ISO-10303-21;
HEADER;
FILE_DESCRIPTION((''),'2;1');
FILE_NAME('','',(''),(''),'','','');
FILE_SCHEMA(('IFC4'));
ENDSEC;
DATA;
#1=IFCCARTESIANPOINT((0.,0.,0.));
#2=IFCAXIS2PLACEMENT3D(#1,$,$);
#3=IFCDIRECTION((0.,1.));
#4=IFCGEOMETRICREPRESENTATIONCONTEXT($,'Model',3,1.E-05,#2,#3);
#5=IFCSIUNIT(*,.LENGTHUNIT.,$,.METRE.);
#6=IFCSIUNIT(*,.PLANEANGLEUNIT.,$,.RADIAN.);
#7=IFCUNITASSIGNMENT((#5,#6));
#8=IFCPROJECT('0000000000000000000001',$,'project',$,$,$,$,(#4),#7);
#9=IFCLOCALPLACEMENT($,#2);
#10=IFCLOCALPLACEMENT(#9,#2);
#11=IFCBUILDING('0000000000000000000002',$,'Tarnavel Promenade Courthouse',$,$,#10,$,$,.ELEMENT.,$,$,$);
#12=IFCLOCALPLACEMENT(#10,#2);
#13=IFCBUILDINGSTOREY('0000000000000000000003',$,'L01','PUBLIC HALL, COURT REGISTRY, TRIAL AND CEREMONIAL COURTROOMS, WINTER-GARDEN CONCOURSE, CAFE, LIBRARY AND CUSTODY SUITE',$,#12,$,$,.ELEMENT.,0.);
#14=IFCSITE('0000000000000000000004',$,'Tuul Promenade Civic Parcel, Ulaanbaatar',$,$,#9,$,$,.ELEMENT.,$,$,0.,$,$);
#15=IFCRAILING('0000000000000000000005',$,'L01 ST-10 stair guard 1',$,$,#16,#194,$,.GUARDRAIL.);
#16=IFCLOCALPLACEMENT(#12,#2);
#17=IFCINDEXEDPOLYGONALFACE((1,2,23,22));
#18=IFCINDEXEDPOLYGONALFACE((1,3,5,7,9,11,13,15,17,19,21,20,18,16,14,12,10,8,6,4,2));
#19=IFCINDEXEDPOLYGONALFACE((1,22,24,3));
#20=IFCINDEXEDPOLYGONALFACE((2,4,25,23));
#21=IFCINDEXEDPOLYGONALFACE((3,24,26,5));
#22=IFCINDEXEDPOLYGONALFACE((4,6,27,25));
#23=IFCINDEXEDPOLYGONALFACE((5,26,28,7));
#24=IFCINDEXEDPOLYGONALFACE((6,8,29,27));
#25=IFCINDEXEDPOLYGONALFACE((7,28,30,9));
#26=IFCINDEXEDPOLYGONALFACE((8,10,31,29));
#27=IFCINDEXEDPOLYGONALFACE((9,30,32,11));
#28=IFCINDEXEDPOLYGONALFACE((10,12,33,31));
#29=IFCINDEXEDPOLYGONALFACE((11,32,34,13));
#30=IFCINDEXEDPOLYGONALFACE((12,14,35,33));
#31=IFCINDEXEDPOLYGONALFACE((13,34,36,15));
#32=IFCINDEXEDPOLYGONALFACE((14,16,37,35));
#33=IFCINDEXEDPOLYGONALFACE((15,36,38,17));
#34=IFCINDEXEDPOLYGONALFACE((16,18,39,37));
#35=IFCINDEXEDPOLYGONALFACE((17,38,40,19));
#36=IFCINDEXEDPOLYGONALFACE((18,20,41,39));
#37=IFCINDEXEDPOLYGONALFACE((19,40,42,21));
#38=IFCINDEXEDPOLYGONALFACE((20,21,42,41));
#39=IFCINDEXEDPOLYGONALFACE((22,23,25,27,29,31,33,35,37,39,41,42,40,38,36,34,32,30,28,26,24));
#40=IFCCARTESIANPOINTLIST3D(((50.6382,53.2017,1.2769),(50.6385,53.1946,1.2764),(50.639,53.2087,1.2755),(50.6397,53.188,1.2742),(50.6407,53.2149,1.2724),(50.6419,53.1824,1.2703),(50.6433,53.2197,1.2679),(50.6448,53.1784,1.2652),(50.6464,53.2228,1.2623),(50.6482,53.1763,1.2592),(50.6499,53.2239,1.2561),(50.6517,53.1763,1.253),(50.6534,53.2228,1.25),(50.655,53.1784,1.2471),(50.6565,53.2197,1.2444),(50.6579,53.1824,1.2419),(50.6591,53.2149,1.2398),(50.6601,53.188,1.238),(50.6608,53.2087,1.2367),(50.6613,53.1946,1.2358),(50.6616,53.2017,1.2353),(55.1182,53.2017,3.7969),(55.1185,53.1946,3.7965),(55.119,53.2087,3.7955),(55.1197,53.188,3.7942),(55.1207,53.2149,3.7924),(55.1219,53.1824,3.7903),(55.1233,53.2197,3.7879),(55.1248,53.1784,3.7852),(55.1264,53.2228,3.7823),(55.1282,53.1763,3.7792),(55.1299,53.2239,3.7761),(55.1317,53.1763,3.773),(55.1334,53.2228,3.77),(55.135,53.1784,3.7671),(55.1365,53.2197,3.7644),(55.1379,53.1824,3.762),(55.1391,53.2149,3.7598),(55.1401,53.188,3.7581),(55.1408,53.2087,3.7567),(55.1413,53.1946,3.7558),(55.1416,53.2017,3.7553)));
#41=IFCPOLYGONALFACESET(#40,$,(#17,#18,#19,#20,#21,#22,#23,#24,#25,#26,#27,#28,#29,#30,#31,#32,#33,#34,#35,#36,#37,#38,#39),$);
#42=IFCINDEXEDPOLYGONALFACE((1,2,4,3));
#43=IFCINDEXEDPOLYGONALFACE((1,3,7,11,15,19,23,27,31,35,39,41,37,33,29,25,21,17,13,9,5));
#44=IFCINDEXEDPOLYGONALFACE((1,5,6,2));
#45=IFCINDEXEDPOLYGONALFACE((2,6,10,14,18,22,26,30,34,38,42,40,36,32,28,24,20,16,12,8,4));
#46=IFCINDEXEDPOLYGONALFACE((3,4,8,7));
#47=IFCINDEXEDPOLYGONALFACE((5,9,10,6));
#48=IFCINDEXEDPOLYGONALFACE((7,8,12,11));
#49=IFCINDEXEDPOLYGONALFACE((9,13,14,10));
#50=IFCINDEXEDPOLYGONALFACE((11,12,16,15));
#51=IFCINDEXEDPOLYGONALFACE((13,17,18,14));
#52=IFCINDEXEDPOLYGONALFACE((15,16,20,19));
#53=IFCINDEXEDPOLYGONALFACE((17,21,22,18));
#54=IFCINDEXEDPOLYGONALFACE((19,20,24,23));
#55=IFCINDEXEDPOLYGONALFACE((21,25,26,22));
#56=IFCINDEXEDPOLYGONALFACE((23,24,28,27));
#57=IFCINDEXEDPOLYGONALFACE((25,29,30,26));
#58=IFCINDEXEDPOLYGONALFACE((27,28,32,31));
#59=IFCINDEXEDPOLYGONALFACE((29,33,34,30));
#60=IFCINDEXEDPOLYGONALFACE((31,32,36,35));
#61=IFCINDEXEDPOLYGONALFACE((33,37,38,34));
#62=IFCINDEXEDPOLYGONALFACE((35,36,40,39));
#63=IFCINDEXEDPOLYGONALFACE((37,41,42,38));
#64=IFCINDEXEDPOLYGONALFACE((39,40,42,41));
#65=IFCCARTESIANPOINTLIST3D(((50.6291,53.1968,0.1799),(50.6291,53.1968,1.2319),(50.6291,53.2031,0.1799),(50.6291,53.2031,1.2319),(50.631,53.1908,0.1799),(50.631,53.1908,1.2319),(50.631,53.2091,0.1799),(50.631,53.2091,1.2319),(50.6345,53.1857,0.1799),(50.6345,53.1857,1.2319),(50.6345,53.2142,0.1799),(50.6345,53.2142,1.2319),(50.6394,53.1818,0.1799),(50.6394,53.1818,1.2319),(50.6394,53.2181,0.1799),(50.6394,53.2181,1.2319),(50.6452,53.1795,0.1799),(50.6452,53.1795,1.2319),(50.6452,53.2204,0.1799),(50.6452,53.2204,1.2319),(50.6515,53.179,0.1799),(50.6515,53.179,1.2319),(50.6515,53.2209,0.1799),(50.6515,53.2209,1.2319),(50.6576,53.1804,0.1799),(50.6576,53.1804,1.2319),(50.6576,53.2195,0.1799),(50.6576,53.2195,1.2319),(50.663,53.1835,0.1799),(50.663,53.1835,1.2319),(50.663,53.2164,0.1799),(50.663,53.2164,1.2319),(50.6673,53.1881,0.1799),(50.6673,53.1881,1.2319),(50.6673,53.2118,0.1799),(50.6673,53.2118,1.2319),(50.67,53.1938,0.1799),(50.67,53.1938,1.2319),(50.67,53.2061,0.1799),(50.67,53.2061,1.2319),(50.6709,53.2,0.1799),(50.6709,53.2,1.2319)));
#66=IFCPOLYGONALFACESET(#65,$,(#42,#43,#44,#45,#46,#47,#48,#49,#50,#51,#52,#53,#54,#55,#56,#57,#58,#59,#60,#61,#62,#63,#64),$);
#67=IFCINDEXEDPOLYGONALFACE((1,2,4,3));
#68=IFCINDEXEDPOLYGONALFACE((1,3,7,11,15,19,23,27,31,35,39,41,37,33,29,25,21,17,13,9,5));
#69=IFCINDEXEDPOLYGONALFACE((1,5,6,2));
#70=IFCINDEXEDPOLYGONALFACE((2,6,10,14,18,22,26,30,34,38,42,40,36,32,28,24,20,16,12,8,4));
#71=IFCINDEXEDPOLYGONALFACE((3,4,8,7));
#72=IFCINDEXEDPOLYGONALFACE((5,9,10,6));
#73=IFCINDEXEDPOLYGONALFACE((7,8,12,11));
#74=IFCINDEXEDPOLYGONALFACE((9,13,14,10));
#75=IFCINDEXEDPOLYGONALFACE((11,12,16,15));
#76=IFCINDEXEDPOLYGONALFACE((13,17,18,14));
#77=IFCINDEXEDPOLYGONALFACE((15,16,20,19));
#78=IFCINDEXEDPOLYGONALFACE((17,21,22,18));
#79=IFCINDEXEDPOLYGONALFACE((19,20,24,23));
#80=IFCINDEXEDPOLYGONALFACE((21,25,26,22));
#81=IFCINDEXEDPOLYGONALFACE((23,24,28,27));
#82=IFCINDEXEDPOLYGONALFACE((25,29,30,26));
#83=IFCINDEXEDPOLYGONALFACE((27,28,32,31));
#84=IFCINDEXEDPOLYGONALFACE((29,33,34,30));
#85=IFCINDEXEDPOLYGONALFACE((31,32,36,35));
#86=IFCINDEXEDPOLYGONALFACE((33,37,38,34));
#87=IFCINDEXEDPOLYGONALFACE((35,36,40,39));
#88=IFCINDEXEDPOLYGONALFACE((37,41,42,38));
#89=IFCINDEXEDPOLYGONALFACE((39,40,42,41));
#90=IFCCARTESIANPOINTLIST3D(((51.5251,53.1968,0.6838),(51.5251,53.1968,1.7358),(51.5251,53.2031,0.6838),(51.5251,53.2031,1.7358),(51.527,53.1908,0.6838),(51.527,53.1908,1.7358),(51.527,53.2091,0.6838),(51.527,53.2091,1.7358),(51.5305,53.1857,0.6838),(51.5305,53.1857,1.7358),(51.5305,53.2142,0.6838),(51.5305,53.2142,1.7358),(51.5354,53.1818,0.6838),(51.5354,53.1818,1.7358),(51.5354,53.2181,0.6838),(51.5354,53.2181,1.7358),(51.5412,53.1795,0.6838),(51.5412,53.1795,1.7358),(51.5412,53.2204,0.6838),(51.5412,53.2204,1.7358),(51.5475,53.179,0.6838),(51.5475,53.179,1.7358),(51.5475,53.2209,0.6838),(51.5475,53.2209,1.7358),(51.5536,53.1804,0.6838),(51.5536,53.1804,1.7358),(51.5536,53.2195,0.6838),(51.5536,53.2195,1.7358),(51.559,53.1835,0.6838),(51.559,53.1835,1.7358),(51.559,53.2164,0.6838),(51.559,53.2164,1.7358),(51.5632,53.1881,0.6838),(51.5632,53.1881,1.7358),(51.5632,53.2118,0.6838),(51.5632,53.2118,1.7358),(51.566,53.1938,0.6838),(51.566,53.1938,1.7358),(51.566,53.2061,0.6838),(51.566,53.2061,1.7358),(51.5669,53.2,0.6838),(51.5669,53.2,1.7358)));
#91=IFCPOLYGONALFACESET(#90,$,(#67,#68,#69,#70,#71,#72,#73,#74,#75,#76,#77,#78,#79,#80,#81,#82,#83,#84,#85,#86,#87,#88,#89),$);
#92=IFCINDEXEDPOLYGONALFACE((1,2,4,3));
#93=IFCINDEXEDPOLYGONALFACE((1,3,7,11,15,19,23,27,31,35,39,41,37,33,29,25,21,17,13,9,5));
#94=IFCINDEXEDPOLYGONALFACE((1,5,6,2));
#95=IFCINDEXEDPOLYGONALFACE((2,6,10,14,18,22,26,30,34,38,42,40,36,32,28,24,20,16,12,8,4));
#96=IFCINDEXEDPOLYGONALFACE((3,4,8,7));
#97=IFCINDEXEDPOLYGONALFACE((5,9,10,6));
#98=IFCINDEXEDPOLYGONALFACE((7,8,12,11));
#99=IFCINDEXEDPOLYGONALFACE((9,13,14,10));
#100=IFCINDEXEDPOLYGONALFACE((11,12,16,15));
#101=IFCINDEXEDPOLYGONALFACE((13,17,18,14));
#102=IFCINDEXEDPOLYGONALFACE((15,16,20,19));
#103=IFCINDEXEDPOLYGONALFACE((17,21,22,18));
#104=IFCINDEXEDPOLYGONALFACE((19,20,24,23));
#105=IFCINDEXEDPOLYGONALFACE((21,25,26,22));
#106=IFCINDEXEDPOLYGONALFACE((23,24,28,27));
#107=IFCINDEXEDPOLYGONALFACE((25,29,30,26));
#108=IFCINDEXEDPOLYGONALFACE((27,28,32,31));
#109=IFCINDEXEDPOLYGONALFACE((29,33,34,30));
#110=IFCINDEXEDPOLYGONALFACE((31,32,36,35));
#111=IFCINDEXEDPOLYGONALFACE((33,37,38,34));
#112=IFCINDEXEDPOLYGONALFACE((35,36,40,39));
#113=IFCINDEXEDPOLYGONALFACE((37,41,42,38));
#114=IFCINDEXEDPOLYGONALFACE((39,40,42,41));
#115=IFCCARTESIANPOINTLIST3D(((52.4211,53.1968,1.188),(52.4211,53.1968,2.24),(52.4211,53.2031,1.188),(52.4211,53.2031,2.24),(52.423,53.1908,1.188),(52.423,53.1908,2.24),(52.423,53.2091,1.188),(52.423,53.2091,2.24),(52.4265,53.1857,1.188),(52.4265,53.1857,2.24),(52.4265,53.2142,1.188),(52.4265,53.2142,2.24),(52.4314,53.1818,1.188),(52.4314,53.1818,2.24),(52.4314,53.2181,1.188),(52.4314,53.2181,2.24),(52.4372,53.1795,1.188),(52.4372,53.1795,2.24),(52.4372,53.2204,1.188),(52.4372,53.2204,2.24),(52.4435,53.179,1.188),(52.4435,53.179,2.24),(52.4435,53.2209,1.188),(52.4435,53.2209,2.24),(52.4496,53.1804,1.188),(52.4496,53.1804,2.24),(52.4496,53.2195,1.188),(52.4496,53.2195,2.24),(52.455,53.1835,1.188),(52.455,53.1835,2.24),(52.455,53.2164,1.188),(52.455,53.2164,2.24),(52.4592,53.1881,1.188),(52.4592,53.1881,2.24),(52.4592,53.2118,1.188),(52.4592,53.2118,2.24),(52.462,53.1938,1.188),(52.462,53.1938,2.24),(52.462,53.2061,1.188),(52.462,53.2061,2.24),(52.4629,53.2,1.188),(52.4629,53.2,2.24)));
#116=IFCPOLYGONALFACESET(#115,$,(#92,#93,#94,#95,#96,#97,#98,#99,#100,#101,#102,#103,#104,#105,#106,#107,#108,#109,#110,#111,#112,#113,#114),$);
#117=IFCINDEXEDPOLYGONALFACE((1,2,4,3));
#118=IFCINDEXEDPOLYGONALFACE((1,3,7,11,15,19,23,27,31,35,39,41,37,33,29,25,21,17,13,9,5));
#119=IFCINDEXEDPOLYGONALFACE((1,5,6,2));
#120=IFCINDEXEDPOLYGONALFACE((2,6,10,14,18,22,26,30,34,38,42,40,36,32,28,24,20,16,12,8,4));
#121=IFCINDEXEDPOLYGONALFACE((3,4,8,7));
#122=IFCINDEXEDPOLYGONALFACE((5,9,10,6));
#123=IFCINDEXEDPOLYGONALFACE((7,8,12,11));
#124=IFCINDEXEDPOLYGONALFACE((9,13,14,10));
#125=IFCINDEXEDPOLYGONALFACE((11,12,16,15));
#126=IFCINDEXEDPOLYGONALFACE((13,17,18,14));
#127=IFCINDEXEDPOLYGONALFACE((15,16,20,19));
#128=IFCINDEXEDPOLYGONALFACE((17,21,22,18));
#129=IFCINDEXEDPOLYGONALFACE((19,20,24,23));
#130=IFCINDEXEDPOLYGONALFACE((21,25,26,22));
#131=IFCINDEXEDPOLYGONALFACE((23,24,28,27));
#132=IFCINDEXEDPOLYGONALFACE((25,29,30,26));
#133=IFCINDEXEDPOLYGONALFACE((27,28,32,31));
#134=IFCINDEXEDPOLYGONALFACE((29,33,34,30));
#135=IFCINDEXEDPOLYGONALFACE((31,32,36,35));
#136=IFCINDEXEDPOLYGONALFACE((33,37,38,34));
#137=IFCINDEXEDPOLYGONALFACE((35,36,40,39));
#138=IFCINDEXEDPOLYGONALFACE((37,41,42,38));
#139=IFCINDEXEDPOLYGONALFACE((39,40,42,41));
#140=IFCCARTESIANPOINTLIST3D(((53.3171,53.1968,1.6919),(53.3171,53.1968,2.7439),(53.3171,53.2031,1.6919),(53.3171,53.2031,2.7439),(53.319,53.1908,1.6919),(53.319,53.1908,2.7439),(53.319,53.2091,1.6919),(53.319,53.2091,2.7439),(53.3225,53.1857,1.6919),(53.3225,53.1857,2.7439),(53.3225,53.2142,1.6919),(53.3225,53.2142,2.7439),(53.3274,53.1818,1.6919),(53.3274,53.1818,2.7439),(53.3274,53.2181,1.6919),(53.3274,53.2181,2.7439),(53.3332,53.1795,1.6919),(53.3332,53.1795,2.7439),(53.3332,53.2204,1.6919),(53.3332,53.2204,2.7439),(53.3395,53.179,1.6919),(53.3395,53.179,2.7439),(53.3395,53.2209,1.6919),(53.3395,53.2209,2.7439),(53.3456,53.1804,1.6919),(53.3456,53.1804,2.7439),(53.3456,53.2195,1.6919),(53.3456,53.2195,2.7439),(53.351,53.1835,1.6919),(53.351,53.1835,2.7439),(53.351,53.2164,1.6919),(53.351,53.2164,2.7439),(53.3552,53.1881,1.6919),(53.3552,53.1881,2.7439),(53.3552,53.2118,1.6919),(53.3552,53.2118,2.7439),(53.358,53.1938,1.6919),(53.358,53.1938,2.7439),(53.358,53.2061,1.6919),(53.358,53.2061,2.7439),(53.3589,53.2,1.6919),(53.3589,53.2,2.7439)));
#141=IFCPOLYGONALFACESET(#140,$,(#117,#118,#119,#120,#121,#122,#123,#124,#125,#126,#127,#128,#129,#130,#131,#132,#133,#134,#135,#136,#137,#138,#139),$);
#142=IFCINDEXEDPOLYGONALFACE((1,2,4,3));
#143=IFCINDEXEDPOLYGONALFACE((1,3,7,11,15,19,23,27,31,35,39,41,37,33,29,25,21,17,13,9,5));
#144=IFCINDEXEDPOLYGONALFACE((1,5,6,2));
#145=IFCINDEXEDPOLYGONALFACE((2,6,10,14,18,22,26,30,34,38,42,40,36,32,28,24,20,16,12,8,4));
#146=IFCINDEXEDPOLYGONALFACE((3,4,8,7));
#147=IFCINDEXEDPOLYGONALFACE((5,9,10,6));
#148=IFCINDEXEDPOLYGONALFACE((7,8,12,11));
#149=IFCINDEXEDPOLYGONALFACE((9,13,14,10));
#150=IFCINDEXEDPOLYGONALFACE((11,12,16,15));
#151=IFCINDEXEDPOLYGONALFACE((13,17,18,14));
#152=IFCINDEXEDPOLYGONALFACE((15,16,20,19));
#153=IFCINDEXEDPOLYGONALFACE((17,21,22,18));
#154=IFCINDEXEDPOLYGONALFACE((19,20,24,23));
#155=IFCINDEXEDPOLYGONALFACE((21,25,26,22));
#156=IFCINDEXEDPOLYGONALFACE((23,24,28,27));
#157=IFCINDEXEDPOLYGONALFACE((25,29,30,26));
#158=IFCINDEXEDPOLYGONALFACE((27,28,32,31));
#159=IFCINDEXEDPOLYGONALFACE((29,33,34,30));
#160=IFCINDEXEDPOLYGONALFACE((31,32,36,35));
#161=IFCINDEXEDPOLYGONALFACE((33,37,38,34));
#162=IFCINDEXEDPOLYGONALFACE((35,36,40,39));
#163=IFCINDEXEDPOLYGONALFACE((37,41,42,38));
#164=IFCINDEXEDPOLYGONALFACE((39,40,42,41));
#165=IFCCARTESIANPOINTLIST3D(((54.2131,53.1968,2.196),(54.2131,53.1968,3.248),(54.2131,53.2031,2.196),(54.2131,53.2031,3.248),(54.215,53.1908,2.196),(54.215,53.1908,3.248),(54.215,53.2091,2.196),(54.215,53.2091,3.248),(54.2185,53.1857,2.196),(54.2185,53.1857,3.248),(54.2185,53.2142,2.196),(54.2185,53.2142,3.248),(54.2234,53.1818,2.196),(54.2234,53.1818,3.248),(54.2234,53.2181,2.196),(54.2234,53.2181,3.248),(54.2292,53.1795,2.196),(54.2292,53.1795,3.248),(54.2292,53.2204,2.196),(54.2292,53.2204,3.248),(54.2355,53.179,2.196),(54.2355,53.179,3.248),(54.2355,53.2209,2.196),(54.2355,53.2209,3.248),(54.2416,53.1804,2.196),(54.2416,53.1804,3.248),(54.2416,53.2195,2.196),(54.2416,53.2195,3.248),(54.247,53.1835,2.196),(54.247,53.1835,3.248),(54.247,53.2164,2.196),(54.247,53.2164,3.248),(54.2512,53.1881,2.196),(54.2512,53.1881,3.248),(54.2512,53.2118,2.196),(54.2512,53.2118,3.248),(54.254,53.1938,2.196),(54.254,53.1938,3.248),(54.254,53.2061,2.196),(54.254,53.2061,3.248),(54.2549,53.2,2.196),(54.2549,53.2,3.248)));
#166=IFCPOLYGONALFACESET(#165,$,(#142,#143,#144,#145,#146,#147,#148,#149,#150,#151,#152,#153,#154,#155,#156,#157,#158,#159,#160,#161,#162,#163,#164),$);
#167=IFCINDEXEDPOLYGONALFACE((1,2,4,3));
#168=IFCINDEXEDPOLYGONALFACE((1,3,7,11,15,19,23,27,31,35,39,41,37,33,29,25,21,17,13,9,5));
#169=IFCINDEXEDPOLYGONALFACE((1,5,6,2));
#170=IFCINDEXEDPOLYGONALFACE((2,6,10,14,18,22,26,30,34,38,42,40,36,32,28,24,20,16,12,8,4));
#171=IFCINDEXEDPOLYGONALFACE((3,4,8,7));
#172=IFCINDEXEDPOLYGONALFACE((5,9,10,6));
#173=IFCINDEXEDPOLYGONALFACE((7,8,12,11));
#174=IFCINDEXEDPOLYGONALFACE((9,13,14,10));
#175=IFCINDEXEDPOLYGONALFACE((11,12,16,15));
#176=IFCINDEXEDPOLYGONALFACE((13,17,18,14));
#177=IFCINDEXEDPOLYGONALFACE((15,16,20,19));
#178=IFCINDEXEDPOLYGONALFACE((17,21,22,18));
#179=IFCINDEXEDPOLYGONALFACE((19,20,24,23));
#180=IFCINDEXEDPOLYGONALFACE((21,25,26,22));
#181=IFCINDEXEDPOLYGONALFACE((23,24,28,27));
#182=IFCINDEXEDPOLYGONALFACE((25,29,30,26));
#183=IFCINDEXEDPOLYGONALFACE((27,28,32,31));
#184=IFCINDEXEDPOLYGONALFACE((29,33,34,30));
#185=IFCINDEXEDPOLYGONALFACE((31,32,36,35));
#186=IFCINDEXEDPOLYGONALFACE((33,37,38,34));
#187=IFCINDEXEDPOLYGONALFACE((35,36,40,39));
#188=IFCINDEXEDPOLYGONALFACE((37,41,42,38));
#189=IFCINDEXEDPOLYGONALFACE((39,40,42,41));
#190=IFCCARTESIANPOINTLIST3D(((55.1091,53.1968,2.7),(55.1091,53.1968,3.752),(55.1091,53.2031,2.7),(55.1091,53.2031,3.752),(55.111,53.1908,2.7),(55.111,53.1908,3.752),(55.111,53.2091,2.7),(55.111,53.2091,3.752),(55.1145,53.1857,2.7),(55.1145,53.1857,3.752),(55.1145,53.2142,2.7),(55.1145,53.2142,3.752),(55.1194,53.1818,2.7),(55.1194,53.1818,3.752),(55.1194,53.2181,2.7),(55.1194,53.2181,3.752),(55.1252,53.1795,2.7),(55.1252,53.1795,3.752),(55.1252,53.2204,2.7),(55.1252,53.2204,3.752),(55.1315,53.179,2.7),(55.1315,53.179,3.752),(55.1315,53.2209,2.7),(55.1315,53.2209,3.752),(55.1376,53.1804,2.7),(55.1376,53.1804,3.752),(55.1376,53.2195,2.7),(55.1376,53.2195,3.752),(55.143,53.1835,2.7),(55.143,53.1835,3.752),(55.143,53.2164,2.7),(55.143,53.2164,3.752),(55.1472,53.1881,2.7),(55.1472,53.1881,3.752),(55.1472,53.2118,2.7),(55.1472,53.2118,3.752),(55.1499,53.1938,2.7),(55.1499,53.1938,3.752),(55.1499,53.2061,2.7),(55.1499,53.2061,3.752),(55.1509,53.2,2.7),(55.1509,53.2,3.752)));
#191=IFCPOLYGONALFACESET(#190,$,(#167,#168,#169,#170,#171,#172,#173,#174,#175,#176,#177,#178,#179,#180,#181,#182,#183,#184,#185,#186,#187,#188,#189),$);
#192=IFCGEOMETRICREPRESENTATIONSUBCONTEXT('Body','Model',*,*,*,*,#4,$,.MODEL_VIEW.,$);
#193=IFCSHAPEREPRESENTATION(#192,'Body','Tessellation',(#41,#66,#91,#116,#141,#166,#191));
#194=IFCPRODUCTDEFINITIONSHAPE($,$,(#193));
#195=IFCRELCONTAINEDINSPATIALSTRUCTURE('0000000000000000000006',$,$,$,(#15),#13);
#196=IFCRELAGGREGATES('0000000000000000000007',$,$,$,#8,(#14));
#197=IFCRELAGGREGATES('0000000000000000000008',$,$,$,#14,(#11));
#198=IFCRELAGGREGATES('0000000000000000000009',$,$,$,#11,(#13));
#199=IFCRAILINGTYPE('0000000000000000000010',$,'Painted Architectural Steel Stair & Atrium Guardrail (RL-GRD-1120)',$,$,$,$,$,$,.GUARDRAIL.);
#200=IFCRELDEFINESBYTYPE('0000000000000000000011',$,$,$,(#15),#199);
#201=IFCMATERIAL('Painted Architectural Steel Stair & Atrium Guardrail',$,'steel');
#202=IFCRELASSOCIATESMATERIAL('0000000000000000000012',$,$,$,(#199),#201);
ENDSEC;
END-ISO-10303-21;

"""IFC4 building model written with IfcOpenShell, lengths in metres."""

from ifc_helpers import new_model, si_unit, direction, frame, origin, origin_2d, place, context, subcontext, project, spatial, circle, extrude, material, type_object, element, save


model = new_model("IFC4")

# Units and contexts
model_context = context("Model", 3, precision=1e-05, world=origin(), true_north=direction((0.0, 1.0)))
body_context = subcontext(model_context, "Body", "Model", "MODEL_VIEW")
ifc_project = project(units=[si_unit("LENGTHUNIT", "METRE"), si_unit("PLANEANGLEUNIT", "RADIAN")], contexts=[model_context])

# Site, building, storey
site_placement = place(None, origin())
site = spatial("IfcSite", under=ifc_project, at=site_placement, Name="Tuul Promenade Civic Parcel, Ulaanbaatar", CompositionType="ELEMENT", RefElevation=0.0)
building_placement = place(site_placement, origin())
building = spatial("IfcBuilding", under=site, at=building_placement, Name="Tarnavel Promenade Courthouse", CompositionType="ELEMENT")
storey_placement = place(building_placement, origin())
storey = spatial("IfcBuildingStorey", under=building, at=storey_placement, Name="L01", Description="PUBLIC HALL, COURT REGISTRY, TRIAL AND CEREMONIAL COURTROOMS, WINTER-GARDEN CONCOURSE, CAFE, LIBRARY AND CUSTODY SUITE", CompositionType="ELEMENT", Elevation=0.0)

# Railing
ifc_material_1 = material(Name="Painted Architectural Steel Stair & Atrium Guardrail", Category="steel")
railing_type_1 = type_object("IfcRailingType", Name="Painted Architectural Steel Stair & Atrium Guardrail (RL-GRD-1120)", PredefinedType="GUARDRAIL", material=ifc_material_1)
railing_1_placement = place(storey_placement, frame((50.6499, 53.2, 0.1799)))
element("IfcRailing", 1, at=railing_1_placement, inside=storey, type_object=railing_type_1, Name="L01 ST-10 stair guard 1", PredefinedType="GUARDRAIL", context=body_context, shape_type="SweptSolid", body=[
    extrude(circle(Radius=0.0239, at=origin_2d()), frame((0.0, 0.0, 1.0762), z_axis=(0.871573, 0.0, 0.490266), x_axis=(0.0, 1.0, 0.0)), (0.0, 0.0, 1.0), 5.1401),
    extrude(circle(Radius=0.021, at=origin_2d()), origin(), (0.0, 0.0, 1.0), 1.052),
    extrude(circle(Radius=0.021, at=origin_2d()), frame((0.896, 0.0, 0.5039)), (0.0, 0.0, 1.0), 1.052),
    extrude(circle(Radius=0.021, at=origin_2d()), frame((1.792, 0.0, 1.0081)), (0.0, 0.0, 1.0), 1.052),
    extrude(circle(Radius=0.021, at=origin_2d()), frame((2.688, 0.0, 1.512)), (0.0, 0.0, 1.0), 1.052),
    extrude(circle(Radius=0.021, at=origin_2d()), frame((3.584, 0.0, 2.0161)), (0.0, 0.0, 1.0), 1.052),
    extrude(circle(Radius=0.021, at=origin_2d()), frame((4.48, 0.0, 2.52)), (0.0, 0.0, 1.0), 1.052),
])

save(model, "model.ifc")
